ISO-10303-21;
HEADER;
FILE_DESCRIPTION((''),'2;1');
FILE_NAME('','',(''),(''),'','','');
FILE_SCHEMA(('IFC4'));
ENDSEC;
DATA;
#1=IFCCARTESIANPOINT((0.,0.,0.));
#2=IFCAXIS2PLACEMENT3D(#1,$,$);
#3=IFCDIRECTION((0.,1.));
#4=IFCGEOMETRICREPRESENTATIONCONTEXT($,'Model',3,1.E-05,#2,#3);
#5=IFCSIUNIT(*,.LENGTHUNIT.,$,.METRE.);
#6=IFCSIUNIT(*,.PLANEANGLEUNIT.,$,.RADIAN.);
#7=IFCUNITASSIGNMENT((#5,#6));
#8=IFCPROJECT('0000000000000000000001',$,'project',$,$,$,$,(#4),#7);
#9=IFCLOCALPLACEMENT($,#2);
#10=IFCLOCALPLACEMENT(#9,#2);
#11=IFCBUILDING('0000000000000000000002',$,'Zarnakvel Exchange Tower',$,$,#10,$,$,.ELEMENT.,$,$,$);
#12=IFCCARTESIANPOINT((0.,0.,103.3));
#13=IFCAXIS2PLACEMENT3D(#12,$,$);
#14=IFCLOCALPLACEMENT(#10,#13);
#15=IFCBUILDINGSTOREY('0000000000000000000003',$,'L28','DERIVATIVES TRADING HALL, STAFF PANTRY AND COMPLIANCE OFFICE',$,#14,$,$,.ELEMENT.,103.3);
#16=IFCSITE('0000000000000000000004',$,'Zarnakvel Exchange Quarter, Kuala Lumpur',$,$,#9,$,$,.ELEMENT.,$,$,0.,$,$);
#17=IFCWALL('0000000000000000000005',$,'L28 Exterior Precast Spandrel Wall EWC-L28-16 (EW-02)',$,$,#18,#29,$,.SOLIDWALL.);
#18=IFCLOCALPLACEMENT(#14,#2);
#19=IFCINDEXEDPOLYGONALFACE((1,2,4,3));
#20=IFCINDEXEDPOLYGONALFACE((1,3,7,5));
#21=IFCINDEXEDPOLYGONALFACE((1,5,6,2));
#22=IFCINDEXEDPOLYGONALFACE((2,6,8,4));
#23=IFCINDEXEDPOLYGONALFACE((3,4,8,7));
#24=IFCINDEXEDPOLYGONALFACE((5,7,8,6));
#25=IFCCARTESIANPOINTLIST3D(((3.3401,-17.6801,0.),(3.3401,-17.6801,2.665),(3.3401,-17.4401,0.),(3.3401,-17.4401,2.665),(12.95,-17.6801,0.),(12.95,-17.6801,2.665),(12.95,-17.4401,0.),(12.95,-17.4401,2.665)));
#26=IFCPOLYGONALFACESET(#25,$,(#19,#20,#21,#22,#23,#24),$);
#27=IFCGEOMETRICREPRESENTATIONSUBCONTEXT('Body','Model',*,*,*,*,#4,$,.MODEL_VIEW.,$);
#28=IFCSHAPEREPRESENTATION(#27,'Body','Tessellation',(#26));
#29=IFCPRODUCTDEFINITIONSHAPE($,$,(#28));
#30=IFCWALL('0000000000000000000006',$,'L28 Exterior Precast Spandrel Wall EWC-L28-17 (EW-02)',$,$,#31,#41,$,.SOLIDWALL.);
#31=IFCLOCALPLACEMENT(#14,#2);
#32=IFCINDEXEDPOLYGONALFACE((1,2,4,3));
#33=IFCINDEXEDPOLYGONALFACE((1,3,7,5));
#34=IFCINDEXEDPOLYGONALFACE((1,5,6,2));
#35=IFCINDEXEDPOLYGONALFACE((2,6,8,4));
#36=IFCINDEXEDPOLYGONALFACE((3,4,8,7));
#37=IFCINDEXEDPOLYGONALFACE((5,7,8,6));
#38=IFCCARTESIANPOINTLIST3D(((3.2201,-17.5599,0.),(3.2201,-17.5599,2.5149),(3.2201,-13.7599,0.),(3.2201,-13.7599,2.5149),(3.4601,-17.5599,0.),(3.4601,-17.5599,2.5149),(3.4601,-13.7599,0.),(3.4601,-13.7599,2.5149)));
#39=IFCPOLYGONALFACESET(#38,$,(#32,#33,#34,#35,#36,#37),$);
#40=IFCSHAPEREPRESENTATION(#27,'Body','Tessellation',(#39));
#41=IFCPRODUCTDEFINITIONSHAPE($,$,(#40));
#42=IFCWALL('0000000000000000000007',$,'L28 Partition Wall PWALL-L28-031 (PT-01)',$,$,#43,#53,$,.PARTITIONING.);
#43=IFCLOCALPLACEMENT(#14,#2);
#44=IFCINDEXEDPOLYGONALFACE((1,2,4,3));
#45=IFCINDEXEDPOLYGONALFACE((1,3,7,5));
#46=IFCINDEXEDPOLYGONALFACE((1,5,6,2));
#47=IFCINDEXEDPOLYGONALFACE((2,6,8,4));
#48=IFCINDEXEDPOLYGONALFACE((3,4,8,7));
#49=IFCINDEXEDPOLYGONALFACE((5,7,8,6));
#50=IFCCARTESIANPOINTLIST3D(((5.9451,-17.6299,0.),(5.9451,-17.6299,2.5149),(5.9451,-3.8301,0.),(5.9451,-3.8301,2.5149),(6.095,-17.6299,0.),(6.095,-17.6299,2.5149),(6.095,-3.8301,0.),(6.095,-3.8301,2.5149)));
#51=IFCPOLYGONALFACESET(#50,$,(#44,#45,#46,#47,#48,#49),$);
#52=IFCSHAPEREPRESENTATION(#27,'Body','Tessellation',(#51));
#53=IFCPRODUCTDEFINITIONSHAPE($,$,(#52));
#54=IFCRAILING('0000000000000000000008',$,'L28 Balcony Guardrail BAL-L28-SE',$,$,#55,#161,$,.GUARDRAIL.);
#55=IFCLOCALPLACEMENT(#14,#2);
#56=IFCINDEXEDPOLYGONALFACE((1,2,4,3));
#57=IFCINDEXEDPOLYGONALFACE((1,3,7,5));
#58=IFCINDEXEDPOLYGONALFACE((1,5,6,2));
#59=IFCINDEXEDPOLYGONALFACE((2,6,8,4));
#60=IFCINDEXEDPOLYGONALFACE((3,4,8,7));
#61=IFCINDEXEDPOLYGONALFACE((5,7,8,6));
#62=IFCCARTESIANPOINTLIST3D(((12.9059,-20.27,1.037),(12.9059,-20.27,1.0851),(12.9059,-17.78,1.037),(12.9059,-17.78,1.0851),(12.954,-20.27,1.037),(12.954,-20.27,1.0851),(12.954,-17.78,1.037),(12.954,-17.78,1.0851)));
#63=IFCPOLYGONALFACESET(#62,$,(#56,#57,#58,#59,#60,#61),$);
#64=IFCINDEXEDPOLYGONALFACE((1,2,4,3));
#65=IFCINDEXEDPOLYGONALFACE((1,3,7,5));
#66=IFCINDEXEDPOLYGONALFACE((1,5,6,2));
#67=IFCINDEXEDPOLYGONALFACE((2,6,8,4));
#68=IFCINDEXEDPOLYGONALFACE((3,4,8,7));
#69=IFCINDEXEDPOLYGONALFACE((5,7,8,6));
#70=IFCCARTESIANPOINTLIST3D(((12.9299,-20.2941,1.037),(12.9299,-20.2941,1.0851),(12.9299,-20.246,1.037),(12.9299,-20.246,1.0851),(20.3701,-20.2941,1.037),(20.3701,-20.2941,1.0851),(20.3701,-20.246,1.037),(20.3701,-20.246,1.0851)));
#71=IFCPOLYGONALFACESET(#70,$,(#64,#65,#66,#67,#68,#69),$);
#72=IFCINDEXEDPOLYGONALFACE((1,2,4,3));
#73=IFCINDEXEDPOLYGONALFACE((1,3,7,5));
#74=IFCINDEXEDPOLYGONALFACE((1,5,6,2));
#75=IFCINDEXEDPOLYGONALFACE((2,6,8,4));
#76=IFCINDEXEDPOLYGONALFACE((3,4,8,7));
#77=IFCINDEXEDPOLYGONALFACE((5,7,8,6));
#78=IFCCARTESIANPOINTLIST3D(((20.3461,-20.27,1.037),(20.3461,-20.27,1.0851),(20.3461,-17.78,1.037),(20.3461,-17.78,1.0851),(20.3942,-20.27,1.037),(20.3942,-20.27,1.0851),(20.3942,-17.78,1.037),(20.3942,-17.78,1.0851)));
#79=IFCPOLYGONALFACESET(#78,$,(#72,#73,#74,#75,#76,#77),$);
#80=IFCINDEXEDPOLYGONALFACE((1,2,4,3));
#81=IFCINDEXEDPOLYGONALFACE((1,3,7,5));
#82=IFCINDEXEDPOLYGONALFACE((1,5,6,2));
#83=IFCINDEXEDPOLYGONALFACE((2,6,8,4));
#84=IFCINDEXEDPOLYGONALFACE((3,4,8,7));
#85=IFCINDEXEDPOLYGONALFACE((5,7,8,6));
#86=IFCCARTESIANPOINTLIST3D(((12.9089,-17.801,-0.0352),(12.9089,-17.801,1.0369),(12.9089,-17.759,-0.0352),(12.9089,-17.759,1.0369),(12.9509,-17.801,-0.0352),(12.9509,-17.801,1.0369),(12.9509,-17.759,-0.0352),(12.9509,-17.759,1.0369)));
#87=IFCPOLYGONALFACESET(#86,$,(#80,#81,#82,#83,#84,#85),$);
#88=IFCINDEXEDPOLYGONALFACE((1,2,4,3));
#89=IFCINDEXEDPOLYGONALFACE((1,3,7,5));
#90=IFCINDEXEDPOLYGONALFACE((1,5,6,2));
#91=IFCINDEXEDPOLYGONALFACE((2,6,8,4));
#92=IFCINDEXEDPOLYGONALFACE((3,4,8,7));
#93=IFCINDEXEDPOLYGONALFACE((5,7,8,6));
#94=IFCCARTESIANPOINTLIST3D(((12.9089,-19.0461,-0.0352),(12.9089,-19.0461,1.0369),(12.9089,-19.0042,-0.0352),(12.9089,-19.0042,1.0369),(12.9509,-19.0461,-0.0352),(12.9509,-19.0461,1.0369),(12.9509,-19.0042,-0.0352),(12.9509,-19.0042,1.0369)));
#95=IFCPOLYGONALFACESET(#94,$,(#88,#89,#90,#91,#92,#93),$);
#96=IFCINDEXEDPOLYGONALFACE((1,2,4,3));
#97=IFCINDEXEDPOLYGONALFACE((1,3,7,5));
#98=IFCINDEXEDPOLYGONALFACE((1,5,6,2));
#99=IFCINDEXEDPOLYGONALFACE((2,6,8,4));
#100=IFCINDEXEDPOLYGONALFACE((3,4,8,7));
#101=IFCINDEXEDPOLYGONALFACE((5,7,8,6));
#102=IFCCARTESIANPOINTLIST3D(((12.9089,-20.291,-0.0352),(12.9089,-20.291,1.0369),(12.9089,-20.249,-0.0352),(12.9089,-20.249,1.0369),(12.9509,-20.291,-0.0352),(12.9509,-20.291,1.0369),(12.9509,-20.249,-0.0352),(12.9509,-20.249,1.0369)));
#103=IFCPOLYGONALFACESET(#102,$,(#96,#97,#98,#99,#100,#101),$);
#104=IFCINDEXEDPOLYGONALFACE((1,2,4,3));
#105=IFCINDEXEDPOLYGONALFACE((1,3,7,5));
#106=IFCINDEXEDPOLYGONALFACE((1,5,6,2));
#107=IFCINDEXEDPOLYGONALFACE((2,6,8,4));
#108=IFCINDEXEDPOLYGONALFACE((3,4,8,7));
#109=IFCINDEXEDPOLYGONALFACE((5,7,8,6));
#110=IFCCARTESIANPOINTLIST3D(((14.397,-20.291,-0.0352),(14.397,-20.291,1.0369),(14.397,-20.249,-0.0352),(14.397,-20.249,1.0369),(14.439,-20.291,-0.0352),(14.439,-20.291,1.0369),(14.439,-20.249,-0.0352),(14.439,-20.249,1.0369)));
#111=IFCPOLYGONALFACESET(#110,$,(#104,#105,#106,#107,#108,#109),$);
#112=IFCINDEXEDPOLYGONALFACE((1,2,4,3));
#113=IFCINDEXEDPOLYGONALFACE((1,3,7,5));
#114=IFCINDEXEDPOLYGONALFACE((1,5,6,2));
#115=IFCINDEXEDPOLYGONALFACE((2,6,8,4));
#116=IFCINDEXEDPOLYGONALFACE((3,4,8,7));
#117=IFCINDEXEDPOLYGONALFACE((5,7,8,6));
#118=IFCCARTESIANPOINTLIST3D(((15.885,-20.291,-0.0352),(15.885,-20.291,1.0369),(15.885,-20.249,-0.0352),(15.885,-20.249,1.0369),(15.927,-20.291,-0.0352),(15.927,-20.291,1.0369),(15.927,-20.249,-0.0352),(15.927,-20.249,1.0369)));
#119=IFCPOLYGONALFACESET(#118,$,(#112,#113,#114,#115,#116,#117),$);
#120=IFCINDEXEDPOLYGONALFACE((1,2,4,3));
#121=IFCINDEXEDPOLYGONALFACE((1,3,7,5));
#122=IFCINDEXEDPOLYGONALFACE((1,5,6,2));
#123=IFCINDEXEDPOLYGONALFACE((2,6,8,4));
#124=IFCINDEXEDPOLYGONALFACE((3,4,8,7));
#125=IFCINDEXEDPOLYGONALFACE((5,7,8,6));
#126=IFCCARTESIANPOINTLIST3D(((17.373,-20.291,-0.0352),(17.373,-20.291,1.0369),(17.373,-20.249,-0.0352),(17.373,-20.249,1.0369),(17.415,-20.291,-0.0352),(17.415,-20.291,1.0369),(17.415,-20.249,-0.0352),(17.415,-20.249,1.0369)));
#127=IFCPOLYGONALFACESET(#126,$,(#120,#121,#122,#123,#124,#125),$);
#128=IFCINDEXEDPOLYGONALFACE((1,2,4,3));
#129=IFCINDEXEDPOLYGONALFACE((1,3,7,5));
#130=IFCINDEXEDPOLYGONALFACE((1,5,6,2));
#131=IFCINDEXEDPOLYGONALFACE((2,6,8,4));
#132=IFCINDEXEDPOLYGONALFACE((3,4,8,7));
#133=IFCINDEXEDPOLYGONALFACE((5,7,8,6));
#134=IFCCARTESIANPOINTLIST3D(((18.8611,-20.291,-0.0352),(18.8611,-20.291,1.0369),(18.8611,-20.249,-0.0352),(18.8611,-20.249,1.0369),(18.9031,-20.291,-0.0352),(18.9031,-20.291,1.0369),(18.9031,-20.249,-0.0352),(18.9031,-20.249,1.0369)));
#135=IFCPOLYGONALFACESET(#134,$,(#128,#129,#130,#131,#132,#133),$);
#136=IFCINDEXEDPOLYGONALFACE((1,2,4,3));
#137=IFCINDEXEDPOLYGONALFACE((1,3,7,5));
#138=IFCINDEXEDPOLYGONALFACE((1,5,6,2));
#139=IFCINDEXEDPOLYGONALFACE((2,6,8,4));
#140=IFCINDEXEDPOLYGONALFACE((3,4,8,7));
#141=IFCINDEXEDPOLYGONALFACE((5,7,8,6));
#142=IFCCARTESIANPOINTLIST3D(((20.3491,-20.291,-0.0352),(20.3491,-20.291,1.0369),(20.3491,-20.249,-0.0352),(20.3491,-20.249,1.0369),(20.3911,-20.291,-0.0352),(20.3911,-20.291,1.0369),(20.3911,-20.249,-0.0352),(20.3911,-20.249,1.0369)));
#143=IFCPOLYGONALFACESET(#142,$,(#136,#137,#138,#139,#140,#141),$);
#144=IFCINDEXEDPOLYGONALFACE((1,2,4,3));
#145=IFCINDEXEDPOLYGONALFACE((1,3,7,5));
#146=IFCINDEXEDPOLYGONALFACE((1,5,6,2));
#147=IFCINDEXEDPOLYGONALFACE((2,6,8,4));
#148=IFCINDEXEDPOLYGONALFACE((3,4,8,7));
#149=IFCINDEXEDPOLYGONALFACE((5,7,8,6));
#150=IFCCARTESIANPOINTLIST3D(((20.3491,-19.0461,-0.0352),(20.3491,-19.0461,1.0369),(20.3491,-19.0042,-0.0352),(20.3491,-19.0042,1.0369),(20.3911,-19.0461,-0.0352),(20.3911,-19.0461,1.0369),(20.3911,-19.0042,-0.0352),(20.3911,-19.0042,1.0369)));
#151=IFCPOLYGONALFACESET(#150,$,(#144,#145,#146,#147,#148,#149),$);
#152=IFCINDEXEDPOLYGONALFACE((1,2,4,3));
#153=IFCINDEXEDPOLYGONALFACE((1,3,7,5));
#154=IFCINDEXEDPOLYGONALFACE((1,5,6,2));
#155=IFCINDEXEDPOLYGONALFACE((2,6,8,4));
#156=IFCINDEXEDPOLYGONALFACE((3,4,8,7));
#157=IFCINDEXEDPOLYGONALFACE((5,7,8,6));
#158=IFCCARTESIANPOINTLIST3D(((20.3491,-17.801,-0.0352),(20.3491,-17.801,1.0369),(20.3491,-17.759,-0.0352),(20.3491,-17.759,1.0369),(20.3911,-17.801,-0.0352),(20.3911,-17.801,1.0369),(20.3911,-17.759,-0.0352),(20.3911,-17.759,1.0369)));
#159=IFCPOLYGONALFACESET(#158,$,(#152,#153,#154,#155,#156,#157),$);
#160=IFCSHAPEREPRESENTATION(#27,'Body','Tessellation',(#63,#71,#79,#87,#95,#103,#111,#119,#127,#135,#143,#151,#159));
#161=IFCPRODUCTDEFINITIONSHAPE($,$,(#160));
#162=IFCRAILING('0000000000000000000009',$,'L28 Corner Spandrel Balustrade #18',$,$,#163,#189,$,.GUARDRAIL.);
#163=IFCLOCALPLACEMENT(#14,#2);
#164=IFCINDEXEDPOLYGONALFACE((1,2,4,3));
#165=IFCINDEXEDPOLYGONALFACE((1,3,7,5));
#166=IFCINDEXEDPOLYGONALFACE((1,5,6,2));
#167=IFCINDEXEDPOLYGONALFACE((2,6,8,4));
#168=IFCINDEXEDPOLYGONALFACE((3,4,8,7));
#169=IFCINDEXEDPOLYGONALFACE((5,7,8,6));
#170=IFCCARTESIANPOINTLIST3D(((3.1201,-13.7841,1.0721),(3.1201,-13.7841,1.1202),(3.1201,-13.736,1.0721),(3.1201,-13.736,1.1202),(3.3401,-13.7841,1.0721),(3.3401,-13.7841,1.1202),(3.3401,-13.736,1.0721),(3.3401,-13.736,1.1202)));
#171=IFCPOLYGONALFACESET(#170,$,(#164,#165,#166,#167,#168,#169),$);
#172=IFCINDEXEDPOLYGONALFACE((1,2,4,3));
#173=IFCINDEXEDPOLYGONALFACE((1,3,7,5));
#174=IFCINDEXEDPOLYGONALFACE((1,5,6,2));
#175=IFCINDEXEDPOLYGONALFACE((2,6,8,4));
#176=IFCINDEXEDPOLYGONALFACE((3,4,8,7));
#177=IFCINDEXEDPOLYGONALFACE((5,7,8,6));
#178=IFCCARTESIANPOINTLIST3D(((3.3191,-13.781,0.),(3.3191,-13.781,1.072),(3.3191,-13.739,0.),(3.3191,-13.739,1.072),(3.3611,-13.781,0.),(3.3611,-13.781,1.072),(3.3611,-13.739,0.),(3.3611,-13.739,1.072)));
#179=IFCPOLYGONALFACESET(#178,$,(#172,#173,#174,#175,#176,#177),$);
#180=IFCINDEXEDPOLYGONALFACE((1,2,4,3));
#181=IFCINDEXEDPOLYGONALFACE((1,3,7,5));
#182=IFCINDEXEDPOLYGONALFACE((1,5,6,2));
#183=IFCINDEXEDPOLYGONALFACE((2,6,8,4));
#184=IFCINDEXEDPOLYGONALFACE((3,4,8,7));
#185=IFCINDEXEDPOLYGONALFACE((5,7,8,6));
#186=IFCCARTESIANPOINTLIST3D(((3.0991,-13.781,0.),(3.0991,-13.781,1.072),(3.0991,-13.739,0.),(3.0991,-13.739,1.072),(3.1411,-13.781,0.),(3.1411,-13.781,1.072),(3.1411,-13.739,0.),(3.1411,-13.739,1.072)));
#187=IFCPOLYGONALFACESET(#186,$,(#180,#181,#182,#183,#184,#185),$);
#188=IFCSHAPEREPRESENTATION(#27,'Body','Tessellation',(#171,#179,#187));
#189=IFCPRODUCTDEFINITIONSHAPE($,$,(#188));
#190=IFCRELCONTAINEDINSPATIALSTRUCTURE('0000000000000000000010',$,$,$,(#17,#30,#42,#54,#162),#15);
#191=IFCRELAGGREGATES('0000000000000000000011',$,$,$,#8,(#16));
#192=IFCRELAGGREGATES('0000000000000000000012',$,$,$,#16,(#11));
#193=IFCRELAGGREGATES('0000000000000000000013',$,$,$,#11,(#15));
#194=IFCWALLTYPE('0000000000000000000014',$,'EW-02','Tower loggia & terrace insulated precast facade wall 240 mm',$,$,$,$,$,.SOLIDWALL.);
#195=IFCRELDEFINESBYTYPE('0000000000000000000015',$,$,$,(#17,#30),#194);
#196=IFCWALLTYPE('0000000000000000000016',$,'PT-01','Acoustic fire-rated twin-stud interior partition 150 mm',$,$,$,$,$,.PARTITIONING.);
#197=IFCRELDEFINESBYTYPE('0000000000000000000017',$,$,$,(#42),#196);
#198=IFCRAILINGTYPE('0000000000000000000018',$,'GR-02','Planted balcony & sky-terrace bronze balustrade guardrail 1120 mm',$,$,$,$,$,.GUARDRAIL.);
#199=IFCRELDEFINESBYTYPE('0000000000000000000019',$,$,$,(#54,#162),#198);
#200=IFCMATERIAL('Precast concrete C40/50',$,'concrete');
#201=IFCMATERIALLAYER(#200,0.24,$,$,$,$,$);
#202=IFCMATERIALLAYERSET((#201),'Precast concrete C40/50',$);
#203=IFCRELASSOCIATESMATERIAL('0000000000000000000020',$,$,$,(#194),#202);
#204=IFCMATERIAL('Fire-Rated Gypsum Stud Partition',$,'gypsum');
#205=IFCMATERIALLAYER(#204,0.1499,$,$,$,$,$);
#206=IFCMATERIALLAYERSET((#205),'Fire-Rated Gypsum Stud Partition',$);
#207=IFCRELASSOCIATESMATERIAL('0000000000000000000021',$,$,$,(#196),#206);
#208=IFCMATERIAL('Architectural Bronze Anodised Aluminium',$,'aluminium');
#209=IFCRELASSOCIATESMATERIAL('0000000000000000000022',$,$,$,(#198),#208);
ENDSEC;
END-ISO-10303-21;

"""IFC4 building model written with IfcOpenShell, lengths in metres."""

from ifc_helpers import new_model, si_unit, direction, frame, frame_2d, origin, origin_2d, place, context, subcontext, project, spatial, rectangle, extrude, material, layer, layer_set, type_object, element, save


model = new_model("IFC4")

# Units and contexts
model_context = context("Model", 3, precision=1e-05, world=origin(), true_north=direction((0.0, 1.0)))
body_context = subcontext(model_context, "Body", "Model", "MODEL_VIEW")
ifc_project = project(units=[si_unit("LENGTHUNIT", "METRE"), si_unit("PLANEANGLEUNIT", "RADIAN")], contexts=[model_context])

# Site, building, storey
site_placement = place(None, origin())
site = spatial("IfcSite", under=ifc_project, at=site_placement, Name="Zarnakvel Exchange Quarter, Kuala Lumpur", CompositionType="ELEMENT", RefElevation=0.0)
building_placement = place(site_placement, origin())
building = spatial("IfcBuilding", under=site, at=building_placement, Name="Zarnakvel Exchange Tower", CompositionType="ELEMENT")
storey_placement = place(building_placement, frame((0.0, 0.0, 103.3)))
storey = spatial("IfcBuildingStorey", under=building, at=storey_placement, Name="L28", Description="DERIVATIVES TRADING HALL, STAFF PANTRY AND COMPLIANCE OFFICE", CompositionType="ELEMENT", Elevation=103.3)

# Shared definitions
ifc_material_1 = material(Name="Architectural Bronze Anodised Aluminium", Category="aluminium")

# Walls
ifc_material_2 = material(Name="Precast concrete C40/50", Category="concrete")
ifc_layer_1 = layer(ifc_material_2, 0.24)
ifc_layer_set_1 = layer_set([ifc_layer_1], Name="Precast concrete C40/50")
wall_type_1 = type_object("IfcWallType", Name="EW-02", Description="Tower loggia & terrace insulated precast facade wall 240 mm", PredefinedType="SOLIDWALL", material=ifc_layer_set_1)
wall_1_placement = place(storey_placement, frame((3.3401, -17.5601, 0.0), z_axis=(0.0, 0.0, 1.0), x_axis=(1.0, 0.0, 0.0)))
element("IfcWall", 1, at=wall_1_placement, inside=storey, type_object=wall_type_1, Name="L28 Exterior Precast Spandrel Wall EWC-L28-16 (EW-02)", PredefinedType="SOLIDWALL", context=body_context, shape_type="SweptSolid", body=[
    extrude(rectangle(XDim=9.6099, YDim=0.24, at=frame_2d((4.8049, 0.0))), origin(), (0.0, 0.0, 1.0), 2.665),
])
wall_2_placement = place(storey_placement, frame((3.3401, -13.76, 0.0), z_axis=(0.0, 0.0, 1.0), x_axis=(0.0, -1.0, 0.0)))
element("IfcWall", 2, at=wall_2_placement, inside=storey, type_object=wall_type_1, Name="L28 Exterior Precast Spandrel Wall EWC-L28-17 (EW-02)", PredefinedType="SOLIDWALL", context=body_context, shape_type="SweptSolid", body=[
    extrude(rectangle(XDim=3.8, YDim=0.24, at=frame_2d((1.8999, 0.0))), origin(), (0.0, 0.0, 1.0), 2.5149),
])
ifc_material_3 = material(Name="Fire-Rated Gypsum Stud Partition", Category="gypsum")
ifc_layer_2 = layer(ifc_material_3, 0.1499)
ifc_layer_set_2 = layer_set([ifc_layer_2], Name="Fire-Rated Gypsum Stud Partition")
wall_type_2 = type_object("IfcWallType", Name="PT-01", Description="Acoustic fire-rated twin-stud interior partition 150 mm", PredefinedType="PARTITIONING", material=ifc_layer_set_2)
wall_3_placement = place(storey_placement, frame((6.02, -17.6299, 0.0), z_axis=(0.0, 0.0, 1.0), x_axis=(0.0, 1.0, 0.0)))
element("IfcWall", 3, at=wall_3_placement, inside=storey, type_object=wall_type_2, Name="L28 Partition Wall PWALL-L28-031 (PT-01)", PredefinedType="PARTITIONING", context=body_context, shape_type="SweptSolid", body=[
    extrude(rectangle(XDim=13.7998, YDim=0.1499, at=frame_2d((6.8999, 0.0))), origin(), (0.0, 0.0, 1.0), 2.5149),
])

# Railings
railing_type = type_object("IfcRailingType", Name="GR-02", Description="Planted balcony & sky-terrace bronze balustrade guardrail 1120 mm", PredefinedType="GUARDRAIL", material=ifc_material_1)
railing_1_placement = place(storey_placement, frame((12.9299, -17.78, -0.0352)))
element("IfcRailing", 4, at=railing_1_placement, inside=storey, type_object=railing_type, Name="L28 Balcony Guardrail BAL-L28-SE", PredefinedType="GUARDRAIL", context=body_context, shape_type="SweptSolid", body=[
    extrude(rectangle(XDim=0.0481, YDim=0.0481, at=origin_2d()), frame((0.0, 0.0, 1.0962), z_axis=(0.0, -1.0, 0.0), x_axis=(1.0, 0.0, 0.0)), (0.0, 0.0, 1.0), 2.49),
    extrude(rectangle(XDim=0.0481, YDim=0.0481, at=origin_2d()), frame((0.0, -2.49, 1.0962), z_axis=(1.0, 0.0, 0.0), x_axis=(0.0, 1.0, 0.0)), (0.0, 0.0, 1.0), 7.4402),
    extrude(rectangle(XDim=0.0481, YDim=0.0481, at=origin_2d()), frame((7.4402, -2.49, 1.0962), z_axis=(0.0, 1.0, 0.0), x_axis=(-1.0, 0.0, 0.0)), (0.0, 0.0, 1.0), 2.49),
    extrude(rectangle(XDim=0.042, YDim=0.042, at=origin_2d()), origin(), (0.0, 0.0, 1.0), 1.072),
    extrude(rectangle(XDim=0.042, YDim=0.042, at=origin_2d()), frame((0.0, -1.2451, 0.0)), (0.0, 0.0, 1.0), 1.072),
    extrude(rectangle(XDim=0.042, YDim=0.042, at=origin_2d()), frame((0.0, -2.49, 0.0)), (0.0, 0.0, 1.0), 1.072),
    extrude(rectangle(XDim=0.042, YDim=0.042, at=origin_2d()), frame((1.488, -2.49, 0.0)), (0.0, 0.0, 1.0), 1.072),
    extrude(rectangle(XDim=0.042, YDim=0.042, at=origin_2d()), frame((2.9761, -2.49, 0.0)), (0.0, 0.0, 1.0), 1.072),
    extrude(rectangle(XDim=0.042, YDim=0.042, at=origin_2d()), frame((4.4641, -2.49, 0.0)), (0.0, 0.0, 1.0), 1.072),
    extrude(rectangle(XDim=0.042, YDim=0.042, at=origin_2d()), frame((5.9521, -2.49, 0.0)), (0.0, 0.0, 1.0), 1.072),
    extrude(rectangle(XDim=0.042, YDim=0.042, at=origin_2d()), frame((7.4402, -2.49, 0.0)), (0.0, 0.0, 1.0), 1.072),
    extrude(rectangle(XDim=0.042, YDim=0.042, at=origin_2d()), frame((7.4402, -1.2451, 0.0)), (0.0, 0.0, 1.0), 1.072),
    extrude(rectangle(XDim=0.042, YDim=0.042, at=origin_2d()), frame((7.4402, 0.0, 0.0)), (0.0, 0.0, 1.0), 1.072),
])
railing_2_placement = place(storey_placement, frame((3.3401, -13.76, 0.0)))
element("IfcRailing", 5, at=railing_2_placement, inside=storey, type_object=railing_type, Name="L28 Corner Spandrel Balustrade #18", PredefinedType="GUARDRAIL", context=body_context, shape_type="SweptSolid", body=[
    extrude(rectangle(XDim=0.0481, YDim=0.0481, at=origin_2d()), frame((0.0, 0.0, 1.0962), z_axis=(-1.0, 0.0, 0.0), x_axis=(0.0, -1.0, 0.0)), (0.0, 0.0, 1.0), 0.22),
    extrude(rectangle(XDim=0.042, YDim=0.042, at=origin_2d()), origin(), (0.0, 0.0, 1.0), 1.072),
    extrude(rectangle(XDim=0.042, YDim=0.042, at=origin_2d()), frame((-0.22, 0.0, 0.0)), (0.0, 0.0, 1.0), 1.072),
])

save(model, "model.ifc")
